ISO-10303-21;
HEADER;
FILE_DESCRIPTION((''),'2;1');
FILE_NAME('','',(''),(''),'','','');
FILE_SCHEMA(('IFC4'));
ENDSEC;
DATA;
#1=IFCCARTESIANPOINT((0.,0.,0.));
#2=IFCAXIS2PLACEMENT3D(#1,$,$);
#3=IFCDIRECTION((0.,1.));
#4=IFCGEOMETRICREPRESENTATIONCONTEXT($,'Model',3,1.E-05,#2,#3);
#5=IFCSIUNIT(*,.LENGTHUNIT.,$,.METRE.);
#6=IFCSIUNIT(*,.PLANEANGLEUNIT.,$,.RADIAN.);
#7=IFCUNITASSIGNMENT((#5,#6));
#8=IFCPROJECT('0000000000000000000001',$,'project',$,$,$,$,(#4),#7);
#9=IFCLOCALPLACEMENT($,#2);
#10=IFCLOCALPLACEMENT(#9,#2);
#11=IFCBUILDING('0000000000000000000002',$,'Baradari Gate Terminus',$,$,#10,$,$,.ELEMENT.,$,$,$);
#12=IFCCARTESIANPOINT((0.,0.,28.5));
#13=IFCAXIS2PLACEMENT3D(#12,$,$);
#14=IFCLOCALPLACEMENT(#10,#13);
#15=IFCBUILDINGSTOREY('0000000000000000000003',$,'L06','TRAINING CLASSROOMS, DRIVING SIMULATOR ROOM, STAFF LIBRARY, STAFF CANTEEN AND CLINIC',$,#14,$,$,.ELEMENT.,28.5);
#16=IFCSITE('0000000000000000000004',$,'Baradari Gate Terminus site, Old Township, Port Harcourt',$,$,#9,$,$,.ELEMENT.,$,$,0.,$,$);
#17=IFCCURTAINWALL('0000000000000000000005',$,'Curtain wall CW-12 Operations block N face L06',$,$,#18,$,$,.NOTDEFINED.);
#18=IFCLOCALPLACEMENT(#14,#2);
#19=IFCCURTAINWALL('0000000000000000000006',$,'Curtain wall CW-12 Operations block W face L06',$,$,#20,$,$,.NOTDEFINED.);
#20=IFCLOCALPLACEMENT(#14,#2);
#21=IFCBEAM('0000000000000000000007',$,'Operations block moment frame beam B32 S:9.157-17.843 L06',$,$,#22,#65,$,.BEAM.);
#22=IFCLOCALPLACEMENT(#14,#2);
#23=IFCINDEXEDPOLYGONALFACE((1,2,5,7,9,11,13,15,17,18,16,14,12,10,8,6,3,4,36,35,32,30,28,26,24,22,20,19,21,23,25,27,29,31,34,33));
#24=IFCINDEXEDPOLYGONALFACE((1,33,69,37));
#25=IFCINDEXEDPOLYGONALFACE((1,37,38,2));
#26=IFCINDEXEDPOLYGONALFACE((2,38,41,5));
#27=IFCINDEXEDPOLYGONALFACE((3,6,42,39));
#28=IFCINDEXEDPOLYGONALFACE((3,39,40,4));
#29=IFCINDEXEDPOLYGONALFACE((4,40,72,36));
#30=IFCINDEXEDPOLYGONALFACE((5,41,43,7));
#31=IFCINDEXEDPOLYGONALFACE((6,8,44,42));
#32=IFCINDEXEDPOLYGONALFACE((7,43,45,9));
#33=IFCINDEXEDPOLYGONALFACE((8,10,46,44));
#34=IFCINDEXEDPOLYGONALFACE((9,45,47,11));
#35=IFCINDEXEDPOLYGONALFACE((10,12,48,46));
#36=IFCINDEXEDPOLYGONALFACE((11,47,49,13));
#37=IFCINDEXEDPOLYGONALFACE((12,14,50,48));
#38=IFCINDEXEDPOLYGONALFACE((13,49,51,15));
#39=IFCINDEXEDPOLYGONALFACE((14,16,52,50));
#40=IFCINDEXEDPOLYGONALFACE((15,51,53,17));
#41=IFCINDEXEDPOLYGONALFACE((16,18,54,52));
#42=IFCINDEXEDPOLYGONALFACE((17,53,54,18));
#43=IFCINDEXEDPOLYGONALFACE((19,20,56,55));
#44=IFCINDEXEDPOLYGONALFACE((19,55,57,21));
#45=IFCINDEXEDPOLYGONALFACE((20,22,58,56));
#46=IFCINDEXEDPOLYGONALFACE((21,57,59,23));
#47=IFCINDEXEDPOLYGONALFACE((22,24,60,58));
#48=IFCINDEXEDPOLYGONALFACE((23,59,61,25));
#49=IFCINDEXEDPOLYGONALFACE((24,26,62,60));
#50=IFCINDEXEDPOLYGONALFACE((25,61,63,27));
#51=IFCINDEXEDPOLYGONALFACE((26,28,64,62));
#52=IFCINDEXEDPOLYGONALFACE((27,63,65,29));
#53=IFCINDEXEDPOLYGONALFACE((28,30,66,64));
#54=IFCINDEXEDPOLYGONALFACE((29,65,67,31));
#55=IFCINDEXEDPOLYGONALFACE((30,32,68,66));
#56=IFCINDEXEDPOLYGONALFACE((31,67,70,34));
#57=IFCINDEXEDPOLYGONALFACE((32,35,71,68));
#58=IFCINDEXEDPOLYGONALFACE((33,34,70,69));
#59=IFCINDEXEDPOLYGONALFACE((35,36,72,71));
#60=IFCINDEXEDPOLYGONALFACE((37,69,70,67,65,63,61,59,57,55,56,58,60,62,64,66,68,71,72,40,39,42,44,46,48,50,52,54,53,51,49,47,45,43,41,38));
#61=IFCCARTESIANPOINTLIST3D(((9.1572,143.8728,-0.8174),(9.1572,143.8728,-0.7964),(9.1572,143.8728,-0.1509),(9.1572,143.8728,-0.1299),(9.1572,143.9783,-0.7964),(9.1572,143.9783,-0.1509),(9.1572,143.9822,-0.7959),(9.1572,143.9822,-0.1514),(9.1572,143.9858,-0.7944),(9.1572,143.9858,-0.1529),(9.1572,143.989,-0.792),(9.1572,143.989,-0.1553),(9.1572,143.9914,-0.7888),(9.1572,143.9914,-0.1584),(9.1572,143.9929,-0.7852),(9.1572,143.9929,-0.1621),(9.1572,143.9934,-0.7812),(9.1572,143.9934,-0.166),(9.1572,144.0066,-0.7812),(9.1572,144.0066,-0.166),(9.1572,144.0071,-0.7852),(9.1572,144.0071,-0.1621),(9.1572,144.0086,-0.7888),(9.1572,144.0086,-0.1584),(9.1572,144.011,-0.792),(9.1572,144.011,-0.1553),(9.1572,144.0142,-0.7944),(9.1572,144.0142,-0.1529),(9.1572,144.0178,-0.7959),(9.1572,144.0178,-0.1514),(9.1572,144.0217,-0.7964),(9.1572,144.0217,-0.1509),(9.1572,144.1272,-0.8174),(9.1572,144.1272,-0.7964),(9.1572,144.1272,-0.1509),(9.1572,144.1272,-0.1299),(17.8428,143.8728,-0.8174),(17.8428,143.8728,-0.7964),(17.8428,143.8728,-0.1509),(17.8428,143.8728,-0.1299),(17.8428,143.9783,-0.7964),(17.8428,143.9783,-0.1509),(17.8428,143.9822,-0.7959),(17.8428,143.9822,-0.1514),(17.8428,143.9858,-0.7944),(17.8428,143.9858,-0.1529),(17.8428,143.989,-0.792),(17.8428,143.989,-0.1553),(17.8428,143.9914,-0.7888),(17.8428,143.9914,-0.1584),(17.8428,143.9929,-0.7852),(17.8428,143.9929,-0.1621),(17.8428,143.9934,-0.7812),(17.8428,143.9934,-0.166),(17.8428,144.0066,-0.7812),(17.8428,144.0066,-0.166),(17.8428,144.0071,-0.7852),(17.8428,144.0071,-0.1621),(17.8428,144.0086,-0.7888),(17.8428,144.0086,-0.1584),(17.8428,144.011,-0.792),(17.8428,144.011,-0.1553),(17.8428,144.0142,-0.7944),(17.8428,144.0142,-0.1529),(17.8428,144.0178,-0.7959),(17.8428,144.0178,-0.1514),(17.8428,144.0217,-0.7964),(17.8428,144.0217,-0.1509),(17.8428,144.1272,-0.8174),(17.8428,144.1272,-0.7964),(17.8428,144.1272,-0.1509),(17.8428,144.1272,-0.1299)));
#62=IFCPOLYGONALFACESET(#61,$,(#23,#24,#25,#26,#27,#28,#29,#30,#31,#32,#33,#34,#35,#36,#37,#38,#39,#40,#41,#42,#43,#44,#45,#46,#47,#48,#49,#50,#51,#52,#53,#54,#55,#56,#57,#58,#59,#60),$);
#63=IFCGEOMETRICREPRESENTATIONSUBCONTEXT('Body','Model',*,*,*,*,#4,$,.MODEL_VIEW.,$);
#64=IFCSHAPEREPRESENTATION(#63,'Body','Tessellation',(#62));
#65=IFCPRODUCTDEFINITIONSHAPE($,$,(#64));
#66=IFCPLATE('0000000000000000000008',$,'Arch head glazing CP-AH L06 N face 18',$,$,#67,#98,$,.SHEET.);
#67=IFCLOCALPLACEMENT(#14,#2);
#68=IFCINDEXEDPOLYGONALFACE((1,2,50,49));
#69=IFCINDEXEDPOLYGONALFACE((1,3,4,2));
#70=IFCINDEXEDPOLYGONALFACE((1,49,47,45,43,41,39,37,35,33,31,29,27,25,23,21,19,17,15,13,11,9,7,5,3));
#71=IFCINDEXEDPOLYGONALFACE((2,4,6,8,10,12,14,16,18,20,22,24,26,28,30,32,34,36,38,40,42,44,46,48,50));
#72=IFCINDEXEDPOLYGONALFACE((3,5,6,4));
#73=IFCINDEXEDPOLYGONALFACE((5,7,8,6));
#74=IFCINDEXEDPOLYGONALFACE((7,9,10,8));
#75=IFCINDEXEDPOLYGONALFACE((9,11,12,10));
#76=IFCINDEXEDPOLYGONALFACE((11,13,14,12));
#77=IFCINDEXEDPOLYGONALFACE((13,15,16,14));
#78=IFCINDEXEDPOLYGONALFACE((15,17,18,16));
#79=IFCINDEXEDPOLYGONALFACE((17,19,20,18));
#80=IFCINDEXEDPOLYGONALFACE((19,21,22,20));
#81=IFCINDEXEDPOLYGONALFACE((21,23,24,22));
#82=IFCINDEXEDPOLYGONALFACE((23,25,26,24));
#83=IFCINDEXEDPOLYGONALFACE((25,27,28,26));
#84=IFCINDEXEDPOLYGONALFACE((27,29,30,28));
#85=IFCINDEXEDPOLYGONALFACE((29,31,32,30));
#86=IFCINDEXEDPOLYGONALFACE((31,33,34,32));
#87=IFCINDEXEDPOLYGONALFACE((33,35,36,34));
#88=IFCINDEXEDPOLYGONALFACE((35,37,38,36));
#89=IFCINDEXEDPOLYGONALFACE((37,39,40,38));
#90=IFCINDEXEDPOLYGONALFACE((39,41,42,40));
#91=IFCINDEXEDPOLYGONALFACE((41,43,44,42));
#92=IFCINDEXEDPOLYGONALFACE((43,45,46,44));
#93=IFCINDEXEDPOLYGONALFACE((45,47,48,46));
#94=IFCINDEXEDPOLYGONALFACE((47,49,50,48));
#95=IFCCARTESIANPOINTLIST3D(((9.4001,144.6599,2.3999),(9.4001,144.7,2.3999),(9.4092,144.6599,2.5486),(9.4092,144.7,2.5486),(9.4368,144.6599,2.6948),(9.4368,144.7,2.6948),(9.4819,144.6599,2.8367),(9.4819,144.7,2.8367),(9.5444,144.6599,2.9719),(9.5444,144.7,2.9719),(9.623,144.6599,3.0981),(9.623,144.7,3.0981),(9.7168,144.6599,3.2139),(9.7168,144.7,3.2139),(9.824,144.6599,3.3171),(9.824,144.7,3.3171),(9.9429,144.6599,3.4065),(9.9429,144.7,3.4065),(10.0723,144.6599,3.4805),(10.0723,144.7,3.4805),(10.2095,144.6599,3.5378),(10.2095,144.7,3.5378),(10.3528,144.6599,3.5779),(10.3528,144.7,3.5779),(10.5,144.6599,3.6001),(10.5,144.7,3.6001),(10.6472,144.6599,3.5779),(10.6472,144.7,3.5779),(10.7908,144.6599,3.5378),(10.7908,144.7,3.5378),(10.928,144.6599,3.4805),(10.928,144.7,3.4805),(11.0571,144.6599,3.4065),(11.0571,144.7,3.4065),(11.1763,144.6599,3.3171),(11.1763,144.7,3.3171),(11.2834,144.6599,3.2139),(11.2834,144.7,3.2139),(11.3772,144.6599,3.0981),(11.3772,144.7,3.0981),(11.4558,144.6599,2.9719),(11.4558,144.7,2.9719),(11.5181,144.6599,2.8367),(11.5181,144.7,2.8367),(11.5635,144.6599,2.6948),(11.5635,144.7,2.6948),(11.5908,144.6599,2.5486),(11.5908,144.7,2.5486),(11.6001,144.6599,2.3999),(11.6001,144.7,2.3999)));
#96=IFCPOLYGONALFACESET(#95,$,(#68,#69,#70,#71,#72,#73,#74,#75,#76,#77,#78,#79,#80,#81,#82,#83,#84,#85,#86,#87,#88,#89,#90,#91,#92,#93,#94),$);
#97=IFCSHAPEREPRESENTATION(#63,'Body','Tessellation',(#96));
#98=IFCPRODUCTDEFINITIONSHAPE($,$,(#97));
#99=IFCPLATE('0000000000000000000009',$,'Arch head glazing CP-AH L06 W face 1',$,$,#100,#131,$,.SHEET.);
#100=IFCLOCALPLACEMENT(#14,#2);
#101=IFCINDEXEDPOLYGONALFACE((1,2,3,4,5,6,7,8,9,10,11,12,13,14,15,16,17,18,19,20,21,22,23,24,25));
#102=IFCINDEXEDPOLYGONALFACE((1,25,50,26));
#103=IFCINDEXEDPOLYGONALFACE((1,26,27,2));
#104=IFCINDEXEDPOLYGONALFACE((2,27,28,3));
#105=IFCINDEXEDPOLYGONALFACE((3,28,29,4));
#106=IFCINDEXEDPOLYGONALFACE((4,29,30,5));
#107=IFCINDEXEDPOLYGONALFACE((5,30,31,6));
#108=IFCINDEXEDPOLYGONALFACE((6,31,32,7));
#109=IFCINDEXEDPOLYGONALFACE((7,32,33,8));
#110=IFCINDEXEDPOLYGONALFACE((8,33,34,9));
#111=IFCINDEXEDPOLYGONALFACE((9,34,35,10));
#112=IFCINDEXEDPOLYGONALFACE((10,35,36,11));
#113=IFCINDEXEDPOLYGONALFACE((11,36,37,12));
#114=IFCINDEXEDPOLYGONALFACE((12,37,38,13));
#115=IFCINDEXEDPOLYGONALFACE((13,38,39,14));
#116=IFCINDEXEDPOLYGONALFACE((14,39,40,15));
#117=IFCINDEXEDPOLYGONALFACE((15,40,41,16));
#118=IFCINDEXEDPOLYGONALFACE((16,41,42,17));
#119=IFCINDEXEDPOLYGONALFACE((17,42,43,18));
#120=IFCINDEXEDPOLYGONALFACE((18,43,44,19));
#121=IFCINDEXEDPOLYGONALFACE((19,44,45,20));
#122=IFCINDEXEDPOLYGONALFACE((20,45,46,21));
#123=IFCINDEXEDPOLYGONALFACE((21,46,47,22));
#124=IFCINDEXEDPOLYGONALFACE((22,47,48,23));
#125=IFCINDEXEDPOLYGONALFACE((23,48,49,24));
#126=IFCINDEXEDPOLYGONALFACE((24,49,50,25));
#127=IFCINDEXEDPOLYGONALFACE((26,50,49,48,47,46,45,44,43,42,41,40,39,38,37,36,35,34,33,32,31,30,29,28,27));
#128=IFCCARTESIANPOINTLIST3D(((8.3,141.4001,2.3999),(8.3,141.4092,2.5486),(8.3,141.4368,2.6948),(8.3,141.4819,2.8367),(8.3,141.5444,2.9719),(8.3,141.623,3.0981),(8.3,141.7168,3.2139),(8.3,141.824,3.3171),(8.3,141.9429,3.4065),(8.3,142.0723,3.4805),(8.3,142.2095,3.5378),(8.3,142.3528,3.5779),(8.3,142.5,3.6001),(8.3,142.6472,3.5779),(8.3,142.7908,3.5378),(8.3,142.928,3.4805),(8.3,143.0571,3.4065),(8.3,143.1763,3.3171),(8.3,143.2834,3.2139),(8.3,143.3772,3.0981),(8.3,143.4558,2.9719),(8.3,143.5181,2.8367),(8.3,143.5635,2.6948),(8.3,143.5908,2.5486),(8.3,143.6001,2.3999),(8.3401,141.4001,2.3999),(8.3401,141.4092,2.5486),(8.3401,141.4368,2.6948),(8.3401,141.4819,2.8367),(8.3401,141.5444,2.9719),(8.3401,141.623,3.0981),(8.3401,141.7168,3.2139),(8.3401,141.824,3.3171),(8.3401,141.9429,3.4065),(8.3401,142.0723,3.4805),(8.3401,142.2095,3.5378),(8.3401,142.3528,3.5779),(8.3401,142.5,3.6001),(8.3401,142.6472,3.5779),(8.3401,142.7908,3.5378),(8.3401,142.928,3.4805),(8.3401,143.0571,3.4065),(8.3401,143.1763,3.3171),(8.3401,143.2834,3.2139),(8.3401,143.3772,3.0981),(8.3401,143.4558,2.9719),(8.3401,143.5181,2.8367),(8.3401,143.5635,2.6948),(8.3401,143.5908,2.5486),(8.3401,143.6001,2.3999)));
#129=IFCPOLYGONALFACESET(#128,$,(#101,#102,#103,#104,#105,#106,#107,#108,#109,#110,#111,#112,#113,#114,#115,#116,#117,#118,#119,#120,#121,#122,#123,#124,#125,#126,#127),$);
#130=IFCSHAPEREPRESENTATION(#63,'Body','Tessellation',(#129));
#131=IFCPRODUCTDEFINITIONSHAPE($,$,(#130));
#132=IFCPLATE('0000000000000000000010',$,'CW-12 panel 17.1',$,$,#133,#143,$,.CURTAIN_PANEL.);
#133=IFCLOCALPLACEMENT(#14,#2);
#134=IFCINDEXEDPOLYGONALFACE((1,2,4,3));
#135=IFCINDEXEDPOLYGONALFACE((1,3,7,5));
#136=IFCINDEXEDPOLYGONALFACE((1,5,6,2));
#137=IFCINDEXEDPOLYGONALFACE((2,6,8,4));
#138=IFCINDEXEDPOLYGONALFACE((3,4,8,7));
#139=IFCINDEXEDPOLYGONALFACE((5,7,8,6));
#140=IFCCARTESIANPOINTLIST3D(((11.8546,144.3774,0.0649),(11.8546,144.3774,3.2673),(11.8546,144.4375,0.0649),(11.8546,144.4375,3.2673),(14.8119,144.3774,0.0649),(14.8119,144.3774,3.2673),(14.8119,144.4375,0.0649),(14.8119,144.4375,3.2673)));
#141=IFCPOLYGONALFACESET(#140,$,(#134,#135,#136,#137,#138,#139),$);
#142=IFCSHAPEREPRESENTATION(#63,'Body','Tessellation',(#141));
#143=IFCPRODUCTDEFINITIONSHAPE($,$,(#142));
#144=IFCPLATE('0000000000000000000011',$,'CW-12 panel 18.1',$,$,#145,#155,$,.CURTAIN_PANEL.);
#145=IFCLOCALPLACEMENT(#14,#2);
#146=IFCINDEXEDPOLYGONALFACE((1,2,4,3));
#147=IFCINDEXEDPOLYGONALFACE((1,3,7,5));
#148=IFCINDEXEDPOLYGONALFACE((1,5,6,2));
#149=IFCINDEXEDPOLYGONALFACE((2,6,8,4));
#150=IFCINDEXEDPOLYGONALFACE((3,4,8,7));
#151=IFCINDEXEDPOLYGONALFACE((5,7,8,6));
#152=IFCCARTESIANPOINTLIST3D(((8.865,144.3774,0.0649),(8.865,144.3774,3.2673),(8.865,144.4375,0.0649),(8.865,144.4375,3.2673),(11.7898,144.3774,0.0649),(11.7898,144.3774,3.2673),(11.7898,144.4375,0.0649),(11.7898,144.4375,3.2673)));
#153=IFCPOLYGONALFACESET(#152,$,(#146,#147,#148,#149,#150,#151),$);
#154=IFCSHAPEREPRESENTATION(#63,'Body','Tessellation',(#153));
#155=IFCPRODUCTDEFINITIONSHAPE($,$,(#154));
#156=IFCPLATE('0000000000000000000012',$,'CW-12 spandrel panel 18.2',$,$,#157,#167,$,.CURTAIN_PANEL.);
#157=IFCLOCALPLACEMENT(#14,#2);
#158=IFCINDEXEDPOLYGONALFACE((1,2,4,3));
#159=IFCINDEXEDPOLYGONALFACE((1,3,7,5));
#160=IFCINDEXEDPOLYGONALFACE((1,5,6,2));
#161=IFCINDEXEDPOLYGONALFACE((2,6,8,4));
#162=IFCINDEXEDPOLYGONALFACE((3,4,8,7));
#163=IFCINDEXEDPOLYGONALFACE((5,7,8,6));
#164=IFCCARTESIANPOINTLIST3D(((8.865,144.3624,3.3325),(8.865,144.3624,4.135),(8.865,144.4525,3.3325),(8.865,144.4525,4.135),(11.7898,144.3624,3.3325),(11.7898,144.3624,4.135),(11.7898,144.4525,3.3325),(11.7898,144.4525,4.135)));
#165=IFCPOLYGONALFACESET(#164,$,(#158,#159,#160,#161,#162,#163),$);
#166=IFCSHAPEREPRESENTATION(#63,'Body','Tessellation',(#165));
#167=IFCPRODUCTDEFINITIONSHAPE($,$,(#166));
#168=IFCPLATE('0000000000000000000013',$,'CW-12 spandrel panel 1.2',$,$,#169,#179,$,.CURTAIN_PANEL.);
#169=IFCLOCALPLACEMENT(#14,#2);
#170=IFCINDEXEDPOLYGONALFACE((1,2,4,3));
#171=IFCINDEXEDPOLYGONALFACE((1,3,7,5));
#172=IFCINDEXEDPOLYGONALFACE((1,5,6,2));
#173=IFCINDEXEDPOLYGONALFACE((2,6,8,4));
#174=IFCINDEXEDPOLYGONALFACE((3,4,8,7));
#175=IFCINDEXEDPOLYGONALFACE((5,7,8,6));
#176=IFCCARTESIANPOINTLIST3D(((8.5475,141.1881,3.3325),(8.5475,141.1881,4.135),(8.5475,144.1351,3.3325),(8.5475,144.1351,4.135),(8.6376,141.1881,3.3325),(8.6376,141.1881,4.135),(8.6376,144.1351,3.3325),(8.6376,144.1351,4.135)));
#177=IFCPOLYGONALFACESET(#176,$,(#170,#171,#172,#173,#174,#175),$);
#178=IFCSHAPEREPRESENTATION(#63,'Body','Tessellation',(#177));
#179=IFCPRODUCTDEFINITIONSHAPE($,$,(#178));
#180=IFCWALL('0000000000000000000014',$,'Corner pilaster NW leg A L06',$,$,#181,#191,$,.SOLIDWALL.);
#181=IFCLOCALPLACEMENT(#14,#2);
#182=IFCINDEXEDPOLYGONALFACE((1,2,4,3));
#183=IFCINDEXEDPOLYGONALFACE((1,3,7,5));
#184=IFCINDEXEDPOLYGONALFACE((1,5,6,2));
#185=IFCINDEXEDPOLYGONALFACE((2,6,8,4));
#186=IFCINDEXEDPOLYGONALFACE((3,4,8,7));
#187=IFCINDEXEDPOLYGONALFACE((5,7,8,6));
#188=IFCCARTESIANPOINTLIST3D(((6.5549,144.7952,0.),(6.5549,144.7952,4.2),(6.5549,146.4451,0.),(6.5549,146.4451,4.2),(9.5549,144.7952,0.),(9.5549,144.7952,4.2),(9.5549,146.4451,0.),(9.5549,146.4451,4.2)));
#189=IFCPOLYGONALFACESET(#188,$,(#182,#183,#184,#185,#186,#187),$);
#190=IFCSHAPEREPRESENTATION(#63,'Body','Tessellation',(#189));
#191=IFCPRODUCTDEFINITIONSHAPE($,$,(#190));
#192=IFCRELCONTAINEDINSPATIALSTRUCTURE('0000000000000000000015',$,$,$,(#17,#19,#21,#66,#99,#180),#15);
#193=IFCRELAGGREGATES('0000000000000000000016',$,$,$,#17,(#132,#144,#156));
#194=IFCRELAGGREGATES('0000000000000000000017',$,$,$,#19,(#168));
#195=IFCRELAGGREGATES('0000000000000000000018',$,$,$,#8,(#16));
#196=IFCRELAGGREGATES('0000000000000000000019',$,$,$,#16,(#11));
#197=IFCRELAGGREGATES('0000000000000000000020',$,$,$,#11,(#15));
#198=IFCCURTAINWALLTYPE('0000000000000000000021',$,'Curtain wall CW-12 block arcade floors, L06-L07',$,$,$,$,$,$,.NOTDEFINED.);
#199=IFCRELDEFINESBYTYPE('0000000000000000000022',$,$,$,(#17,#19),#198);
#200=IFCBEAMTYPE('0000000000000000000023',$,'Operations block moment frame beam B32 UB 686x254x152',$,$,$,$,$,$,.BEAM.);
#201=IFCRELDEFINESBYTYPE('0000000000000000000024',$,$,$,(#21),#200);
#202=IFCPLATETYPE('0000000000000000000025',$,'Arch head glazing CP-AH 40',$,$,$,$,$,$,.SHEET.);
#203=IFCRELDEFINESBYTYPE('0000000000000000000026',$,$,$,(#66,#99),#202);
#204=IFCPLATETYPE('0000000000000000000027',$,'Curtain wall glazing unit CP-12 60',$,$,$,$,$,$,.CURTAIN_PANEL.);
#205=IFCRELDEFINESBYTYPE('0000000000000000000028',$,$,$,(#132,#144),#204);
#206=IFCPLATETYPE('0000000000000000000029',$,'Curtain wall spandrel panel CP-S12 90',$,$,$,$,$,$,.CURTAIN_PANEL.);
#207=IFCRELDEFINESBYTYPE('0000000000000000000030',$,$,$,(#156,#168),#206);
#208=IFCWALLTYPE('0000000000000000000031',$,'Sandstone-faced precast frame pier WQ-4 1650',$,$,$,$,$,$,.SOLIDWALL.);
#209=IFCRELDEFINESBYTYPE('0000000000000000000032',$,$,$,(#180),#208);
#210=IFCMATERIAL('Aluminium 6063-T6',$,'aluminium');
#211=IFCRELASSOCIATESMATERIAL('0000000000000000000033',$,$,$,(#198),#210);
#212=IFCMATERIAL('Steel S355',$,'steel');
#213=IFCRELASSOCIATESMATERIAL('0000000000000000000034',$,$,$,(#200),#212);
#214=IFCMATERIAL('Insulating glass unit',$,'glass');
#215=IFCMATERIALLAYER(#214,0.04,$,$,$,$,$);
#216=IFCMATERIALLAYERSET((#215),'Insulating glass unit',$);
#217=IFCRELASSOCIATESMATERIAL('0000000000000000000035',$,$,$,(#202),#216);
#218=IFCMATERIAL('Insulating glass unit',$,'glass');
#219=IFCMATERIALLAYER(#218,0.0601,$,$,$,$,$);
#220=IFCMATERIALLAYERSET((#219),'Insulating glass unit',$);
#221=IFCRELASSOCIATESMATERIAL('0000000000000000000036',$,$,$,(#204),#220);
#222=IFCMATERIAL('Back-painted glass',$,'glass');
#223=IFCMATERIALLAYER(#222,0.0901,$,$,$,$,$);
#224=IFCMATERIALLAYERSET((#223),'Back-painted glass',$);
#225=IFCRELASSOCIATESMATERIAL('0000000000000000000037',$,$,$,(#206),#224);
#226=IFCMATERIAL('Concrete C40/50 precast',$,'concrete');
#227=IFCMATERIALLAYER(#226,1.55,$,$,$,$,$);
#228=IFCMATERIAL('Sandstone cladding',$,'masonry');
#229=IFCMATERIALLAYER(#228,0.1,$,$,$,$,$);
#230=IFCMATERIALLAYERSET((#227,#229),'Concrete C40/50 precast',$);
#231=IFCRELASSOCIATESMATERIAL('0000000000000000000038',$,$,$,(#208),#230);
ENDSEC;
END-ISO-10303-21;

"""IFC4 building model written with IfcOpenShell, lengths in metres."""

from ifc_helpers import new_model, si_unit, direction, frame, frame_2d, origin, origin_2d, place, context, subcontext, project, spatial, polyline, rectangle, i_section, outline, extrude, material, layer, layer_set, material_profile, profile_set, type_object, element, aggregate, save


model = new_model("IFC4")

# Units and contexts
model_context = context("Model", 3, precision=1e-05, world=origin(), true_north=direction((0.0, 1.0)))
body_context = subcontext(model_context, "Body", "Model", "MODEL_VIEW")
ifc_project = project(units=[si_unit("LENGTHUNIT", "METRE"), si_unit("PLANEANGLEUNIT", "RADIAN")], contexts=[model_context])

# Site, building, storey
site_placement = place(None, origin())
site = spatial("IfcSite", under=ifc_project, at=site_placement, Name="Baradari Gate Terminus site, Old Township, Port Harcourt", CompositionType="ELEMENT", RefElevation=0.0)
building_placement = place(site_placement, origin())
building = spatial("IfcBuilding", under=site, at=building_placement, Name="Baradari Gate Terminus", CompositionType="ELEMENT")
storey_placement = place(building_placement, frame((0.0, 0.0, 28.5)))
storey = spatial("IfcBuildingStorey", under=building, at=storey_placement, Name="L06", Description="TRAINING CLASSROOMS, DRIVING SIMULATOR ROOM, STAFF LIBRARY, STAFF CANTEEN AND CLINIC", CompositionType="ELEMENT", Elevation=28.5)

# Curtain wall
ifc_material_1 = material(Name="Aluminium 6063-T6", Category="aluminium")
curtain_wall_type = type_object("IfcCurtainWallType", Name="Curtain wall CW-12 block arcade floors, L06-L07", PredefinedType="NOTDEFINED", material=ifc_material_1)
curtain_wall_1_placement = place(storey_placement, origin())
curtain_wall_1 = element("IfcCurtainWall", 1, at=curtain_wall_1_placement, inside=storey, type_object=curtain_wall_type, Name="Curtain wall CW-12 Operations block N face L06", PredefinedType="NOTDEFINED")

# Curtain wall
curtain_wall_2_placement = place(storey_placement, origin())
curtain_wall_2 = element("IfcCurtainWall", 2, at=curtain_wall_2_placement, inside=storey, type_object=curtain_wall_type, Name="Curtain wall CW-12 Operations block W face L06", PredefinedType="NOTDEFINED")

# Beam
ifc_material_2 = material(Name="Steel S355", Category="steel")
ifc_material_profile_1 = material_profile(ifc_material_2, i_section(OverallWidth=0.2544, OverallDepth=0.6875, WebThickness=0.0132, FlangeThickness=0.021, FilletRadius=0.0151, at=origin_2d()), Name="UB 686x254x152")
ifc_profile_set_1 = profile_set([ifc_material_profile_1], Name="Steel S355")
beam_type = type_object("IfcBeamType", Name="Operations block moment frame beam B32 UB 686x254x152", PredefinedType="BEAM", material=ifc_profile_set_1)
beam_placement = place(storey_placement, frame((9.1572, 144.0, -0.4736), z_axis=(1.0, 0.0, 0.0), x_axis=(0.0, 1.0, 0.0)))
element("IfcBeam", 3, at=beam_placement, inside=storey, type_object=beam_type, Name="Operations block moment frame beam B32 S:9.157-17.843 L06", PredefinedType="BEAM", context=body_context, shape_type="SweptSolid", body=[
    extrude(i_section(OverallWidth=0.2544, OverallDepth=0.6875, WebThickness=0.0132, FlangeThickness=0.021, FilletRadius=0.0151, at=origin_2d()), origin(), (0.0, 0.0, 1.0), 8.6855),
])

# Plates
ifc_material_3 = material(Name="Insulating glass unit", Category="glass")
ifc_layer_1 = layer(ifc_material_3, 0.04)
ifc_layer_set_1 = layer_set([ifc_layer_1], Name="Insulating glass unit")
plate_type_1 = type_object("IfcPlateType", Name="Arch head glazing CP-AH 40", PredefinedType="SHEET", material=ifc_layer_set_1)
for number, where, z_axis, x_axis, name in (
    (4, (11.6001, 144.6799, 2.3999), (0.0, 0.0, 1.0), (-1.0, 0.0, 0.0), "Arch head glazing CP-AH L06 N face 18"),
    (5, (8.3201, 143.6001, 2.3999), (0.0, 0.0, 1.0), (0.0, -1.0, 0.0), "Arch head glazing CP-AH L06 W face 1"),
):
    element("IfcPlate", number, at=place(storey_placement, frame(where, z_axis=z_axis, x_axis=x_axis)), inside=storey, type_object=plate_type_1, Name=name, PredefinedType="SHEET", context=body_context, shape_type="SweptSolid", body=[
        extrude(outline(polyline([(0.0, 0.0), (2.2, 0.0), (2.1909, 0.1487), (2.1633, 0.2949), (2.1182, 0.4368), (2.0557, 0.572), (1.9771, 0.6982), (1.8833, 0.814), (1.7761, 0.9172), (1.6572, 1.0066), (1.5278, 1.0806), (1.3906, 1.1379), (1.2473, 1.178), (1.1001, 1.2002), (0.9529, 1.178), (0.8093, 1.1379), (0.6721, 1.0806), (0.543, 1.0066), (0.4238, 0.9172), (0.3167, 0.814), (0.2229, 0.6982), (0.1443, 0.572), (0.082, 0.4368), (0.0366, 0.2949), (0.0093, 0.1487), (0.0, 0.0)])), frame((0.0, 0.02, 0.0), z_axis=(0.0, -1.0, 0.0), x_axis=(1.0, 0.0, 0.0)), (0.0, 0.0, 1.0), 0.04),
    ])

# Plates
ifc_material_4 = material(Name="Insulating glass unit", Category="glass")
ifc_layer_2 = layer(ifc_material_4, 0.0601)
ifc_layer_set_2 = layer_set([ifc_layer_2], Name="Insulating glass unit")
plate_type_2 = type_object("IfcPlateType", Name="Curtain wall glazing unit CP-12 60", PredefinedType="CURTAIN_PANEL", material=ifc_layer_set_2)
plate_1_placement = place(storey_placement, frame((13.3333, 144.4075, 0.0649), z_axis=(0.0, 0.0, 1.0), x_axis=(-1.0, 0.0, 0.0)))
plate_1 = element("IfcPlate", 6, at=plate_1_placement, type_object=plate_type_2, Name="CW-12 panel 17.1", PredefinedType="CURTAIN_PANEL", context=body_context, shape_type="SweptSolid", body=[
    extrude(rectangle(XDim=2.9573, YDim=0.0601, at=origin_2d()), origin(), (0.0, 0.0, 1.0), 3.2024),
])
plate_2_placement = place(storey_placement, frame((10.3274, 144.4075, 0.0649), z_axis=(0.0, 0.0, 1.0), x_axis=(-1.0, 0.0, 0.0)))
plate_2 = element("IfcPlate", 7, at=plate_2_placement, type_object=plate_type_2, Name="CW-12 panel 18.1", PredefinedType="CURTAIN_PANEL", context=body_context, shape_type="SweptSolid", body=[
    extrude(rectangle(XDim=2.9248, YDim=0.0601, at=origin_2d()), origin(), (0.0, 0.0, 1.0), 3.2024),
])
ifc_material_5 = material(Name="Back-painted glass", Category="glass")
ifc_layer_3 = layer(ifc_material_5, 0.0901)
ifc_layer_set_3 = layer_set([ifc_layer_3], Name="Back-painted glass")
plate_type_3 = type_object("IfcPlateType", Name="Curtain wall spandrel panel CP-S12 90", PredefinedType="CURTAIN_PANEL", material=ifc_layer_set_3)
plate_3_placement = place(storey_placement, frame((10.3274, 144.4075, 3.3325), z_axis=(0.0, 0.0, 1.0), x_axis=(-1.0, 0.0, 0.0)))
plate_3 = element("IfcPlate", 8, at=plate_3_placement, type_object=plate_type_3, Name="CW-12 spandrel panel 18.2", PredefinedType="CURTAIN_PANEL", context=body_context, shape_type="SweptSolid", body=[
    extrude(rectangle(XDim=2.9248, YDim=0.0901, at=origin_2d()), origin(), (0.0, 0.0, 1.0), 0.8025),
])
aggregate(curtain_wall_1, [plate_1, plate_2, plate_3])
plate_4_placement = place(storey_placement, frame((8.5925, 142.6616, 3.3325), z_axis=(0.0, 0.0, 1.0), x_axis=(0.0, -1.0, 0.0)))
plate_4 = element("IfcPlate", 9, at=plate_4_placement, type_object=plate_type_3, Name="CW-12 spandrel panel 1.2", PredefinedType="CURTAIN_PANEL", context=body_context, shape_type="SweptSolid", body=[
    extrude(rectangle(XDim=2.947, YDim=0.0901, at=origin_2d()), origin(), (0.0, 0.0, 1.0), 0.8025),
])
aggregate(curtain_wall_2, [plate_4])

# Wall
ifc_material_6 = material(Name="Concrete C40/50 precast", Category="concrete")
ifc_layer_4 = layer(ifc_material_6, 1.55)
ifc_material_7 = material(Name="Sandstone cladding", Category="masonry")
ifc_layer_5 = layer(ifc_material_7, 0.1)
ifc_layer_set_4 = layer_set([ifc_layer_4, ifc_layer_5], Name="Concrete C40/50 precast")
wall_type = type_object("IfcWallType", Name="Sandstone-faced precast frame pier WQ-4 1650", PredefinedType="SOLIDWALL", material=ifc_layer_set_4)
wall_1_placement = place(storey_placement, frame((6.5549, 145.6201, 0.0), z_axis=(0.0, 0.0, 1.0), x_axis=(1.0, 0.0, 0.0)))
element("IfcWall", 10, at=wall_1_placement, inside=storey, type_object=wall_type, Name="Corner pilaster NW leg A L06", PredefinedType="SOLIDWALL", context=body_context, shape_type="SweptSolid", body=[
    extrude(rectangle(XDim=3.0, YDim=1.6499, at=frame_2d((1.5, 0.0))), origin(), (0.0, 0.0, 1.0), 4.2),
])

save(model, "model.ifc")
